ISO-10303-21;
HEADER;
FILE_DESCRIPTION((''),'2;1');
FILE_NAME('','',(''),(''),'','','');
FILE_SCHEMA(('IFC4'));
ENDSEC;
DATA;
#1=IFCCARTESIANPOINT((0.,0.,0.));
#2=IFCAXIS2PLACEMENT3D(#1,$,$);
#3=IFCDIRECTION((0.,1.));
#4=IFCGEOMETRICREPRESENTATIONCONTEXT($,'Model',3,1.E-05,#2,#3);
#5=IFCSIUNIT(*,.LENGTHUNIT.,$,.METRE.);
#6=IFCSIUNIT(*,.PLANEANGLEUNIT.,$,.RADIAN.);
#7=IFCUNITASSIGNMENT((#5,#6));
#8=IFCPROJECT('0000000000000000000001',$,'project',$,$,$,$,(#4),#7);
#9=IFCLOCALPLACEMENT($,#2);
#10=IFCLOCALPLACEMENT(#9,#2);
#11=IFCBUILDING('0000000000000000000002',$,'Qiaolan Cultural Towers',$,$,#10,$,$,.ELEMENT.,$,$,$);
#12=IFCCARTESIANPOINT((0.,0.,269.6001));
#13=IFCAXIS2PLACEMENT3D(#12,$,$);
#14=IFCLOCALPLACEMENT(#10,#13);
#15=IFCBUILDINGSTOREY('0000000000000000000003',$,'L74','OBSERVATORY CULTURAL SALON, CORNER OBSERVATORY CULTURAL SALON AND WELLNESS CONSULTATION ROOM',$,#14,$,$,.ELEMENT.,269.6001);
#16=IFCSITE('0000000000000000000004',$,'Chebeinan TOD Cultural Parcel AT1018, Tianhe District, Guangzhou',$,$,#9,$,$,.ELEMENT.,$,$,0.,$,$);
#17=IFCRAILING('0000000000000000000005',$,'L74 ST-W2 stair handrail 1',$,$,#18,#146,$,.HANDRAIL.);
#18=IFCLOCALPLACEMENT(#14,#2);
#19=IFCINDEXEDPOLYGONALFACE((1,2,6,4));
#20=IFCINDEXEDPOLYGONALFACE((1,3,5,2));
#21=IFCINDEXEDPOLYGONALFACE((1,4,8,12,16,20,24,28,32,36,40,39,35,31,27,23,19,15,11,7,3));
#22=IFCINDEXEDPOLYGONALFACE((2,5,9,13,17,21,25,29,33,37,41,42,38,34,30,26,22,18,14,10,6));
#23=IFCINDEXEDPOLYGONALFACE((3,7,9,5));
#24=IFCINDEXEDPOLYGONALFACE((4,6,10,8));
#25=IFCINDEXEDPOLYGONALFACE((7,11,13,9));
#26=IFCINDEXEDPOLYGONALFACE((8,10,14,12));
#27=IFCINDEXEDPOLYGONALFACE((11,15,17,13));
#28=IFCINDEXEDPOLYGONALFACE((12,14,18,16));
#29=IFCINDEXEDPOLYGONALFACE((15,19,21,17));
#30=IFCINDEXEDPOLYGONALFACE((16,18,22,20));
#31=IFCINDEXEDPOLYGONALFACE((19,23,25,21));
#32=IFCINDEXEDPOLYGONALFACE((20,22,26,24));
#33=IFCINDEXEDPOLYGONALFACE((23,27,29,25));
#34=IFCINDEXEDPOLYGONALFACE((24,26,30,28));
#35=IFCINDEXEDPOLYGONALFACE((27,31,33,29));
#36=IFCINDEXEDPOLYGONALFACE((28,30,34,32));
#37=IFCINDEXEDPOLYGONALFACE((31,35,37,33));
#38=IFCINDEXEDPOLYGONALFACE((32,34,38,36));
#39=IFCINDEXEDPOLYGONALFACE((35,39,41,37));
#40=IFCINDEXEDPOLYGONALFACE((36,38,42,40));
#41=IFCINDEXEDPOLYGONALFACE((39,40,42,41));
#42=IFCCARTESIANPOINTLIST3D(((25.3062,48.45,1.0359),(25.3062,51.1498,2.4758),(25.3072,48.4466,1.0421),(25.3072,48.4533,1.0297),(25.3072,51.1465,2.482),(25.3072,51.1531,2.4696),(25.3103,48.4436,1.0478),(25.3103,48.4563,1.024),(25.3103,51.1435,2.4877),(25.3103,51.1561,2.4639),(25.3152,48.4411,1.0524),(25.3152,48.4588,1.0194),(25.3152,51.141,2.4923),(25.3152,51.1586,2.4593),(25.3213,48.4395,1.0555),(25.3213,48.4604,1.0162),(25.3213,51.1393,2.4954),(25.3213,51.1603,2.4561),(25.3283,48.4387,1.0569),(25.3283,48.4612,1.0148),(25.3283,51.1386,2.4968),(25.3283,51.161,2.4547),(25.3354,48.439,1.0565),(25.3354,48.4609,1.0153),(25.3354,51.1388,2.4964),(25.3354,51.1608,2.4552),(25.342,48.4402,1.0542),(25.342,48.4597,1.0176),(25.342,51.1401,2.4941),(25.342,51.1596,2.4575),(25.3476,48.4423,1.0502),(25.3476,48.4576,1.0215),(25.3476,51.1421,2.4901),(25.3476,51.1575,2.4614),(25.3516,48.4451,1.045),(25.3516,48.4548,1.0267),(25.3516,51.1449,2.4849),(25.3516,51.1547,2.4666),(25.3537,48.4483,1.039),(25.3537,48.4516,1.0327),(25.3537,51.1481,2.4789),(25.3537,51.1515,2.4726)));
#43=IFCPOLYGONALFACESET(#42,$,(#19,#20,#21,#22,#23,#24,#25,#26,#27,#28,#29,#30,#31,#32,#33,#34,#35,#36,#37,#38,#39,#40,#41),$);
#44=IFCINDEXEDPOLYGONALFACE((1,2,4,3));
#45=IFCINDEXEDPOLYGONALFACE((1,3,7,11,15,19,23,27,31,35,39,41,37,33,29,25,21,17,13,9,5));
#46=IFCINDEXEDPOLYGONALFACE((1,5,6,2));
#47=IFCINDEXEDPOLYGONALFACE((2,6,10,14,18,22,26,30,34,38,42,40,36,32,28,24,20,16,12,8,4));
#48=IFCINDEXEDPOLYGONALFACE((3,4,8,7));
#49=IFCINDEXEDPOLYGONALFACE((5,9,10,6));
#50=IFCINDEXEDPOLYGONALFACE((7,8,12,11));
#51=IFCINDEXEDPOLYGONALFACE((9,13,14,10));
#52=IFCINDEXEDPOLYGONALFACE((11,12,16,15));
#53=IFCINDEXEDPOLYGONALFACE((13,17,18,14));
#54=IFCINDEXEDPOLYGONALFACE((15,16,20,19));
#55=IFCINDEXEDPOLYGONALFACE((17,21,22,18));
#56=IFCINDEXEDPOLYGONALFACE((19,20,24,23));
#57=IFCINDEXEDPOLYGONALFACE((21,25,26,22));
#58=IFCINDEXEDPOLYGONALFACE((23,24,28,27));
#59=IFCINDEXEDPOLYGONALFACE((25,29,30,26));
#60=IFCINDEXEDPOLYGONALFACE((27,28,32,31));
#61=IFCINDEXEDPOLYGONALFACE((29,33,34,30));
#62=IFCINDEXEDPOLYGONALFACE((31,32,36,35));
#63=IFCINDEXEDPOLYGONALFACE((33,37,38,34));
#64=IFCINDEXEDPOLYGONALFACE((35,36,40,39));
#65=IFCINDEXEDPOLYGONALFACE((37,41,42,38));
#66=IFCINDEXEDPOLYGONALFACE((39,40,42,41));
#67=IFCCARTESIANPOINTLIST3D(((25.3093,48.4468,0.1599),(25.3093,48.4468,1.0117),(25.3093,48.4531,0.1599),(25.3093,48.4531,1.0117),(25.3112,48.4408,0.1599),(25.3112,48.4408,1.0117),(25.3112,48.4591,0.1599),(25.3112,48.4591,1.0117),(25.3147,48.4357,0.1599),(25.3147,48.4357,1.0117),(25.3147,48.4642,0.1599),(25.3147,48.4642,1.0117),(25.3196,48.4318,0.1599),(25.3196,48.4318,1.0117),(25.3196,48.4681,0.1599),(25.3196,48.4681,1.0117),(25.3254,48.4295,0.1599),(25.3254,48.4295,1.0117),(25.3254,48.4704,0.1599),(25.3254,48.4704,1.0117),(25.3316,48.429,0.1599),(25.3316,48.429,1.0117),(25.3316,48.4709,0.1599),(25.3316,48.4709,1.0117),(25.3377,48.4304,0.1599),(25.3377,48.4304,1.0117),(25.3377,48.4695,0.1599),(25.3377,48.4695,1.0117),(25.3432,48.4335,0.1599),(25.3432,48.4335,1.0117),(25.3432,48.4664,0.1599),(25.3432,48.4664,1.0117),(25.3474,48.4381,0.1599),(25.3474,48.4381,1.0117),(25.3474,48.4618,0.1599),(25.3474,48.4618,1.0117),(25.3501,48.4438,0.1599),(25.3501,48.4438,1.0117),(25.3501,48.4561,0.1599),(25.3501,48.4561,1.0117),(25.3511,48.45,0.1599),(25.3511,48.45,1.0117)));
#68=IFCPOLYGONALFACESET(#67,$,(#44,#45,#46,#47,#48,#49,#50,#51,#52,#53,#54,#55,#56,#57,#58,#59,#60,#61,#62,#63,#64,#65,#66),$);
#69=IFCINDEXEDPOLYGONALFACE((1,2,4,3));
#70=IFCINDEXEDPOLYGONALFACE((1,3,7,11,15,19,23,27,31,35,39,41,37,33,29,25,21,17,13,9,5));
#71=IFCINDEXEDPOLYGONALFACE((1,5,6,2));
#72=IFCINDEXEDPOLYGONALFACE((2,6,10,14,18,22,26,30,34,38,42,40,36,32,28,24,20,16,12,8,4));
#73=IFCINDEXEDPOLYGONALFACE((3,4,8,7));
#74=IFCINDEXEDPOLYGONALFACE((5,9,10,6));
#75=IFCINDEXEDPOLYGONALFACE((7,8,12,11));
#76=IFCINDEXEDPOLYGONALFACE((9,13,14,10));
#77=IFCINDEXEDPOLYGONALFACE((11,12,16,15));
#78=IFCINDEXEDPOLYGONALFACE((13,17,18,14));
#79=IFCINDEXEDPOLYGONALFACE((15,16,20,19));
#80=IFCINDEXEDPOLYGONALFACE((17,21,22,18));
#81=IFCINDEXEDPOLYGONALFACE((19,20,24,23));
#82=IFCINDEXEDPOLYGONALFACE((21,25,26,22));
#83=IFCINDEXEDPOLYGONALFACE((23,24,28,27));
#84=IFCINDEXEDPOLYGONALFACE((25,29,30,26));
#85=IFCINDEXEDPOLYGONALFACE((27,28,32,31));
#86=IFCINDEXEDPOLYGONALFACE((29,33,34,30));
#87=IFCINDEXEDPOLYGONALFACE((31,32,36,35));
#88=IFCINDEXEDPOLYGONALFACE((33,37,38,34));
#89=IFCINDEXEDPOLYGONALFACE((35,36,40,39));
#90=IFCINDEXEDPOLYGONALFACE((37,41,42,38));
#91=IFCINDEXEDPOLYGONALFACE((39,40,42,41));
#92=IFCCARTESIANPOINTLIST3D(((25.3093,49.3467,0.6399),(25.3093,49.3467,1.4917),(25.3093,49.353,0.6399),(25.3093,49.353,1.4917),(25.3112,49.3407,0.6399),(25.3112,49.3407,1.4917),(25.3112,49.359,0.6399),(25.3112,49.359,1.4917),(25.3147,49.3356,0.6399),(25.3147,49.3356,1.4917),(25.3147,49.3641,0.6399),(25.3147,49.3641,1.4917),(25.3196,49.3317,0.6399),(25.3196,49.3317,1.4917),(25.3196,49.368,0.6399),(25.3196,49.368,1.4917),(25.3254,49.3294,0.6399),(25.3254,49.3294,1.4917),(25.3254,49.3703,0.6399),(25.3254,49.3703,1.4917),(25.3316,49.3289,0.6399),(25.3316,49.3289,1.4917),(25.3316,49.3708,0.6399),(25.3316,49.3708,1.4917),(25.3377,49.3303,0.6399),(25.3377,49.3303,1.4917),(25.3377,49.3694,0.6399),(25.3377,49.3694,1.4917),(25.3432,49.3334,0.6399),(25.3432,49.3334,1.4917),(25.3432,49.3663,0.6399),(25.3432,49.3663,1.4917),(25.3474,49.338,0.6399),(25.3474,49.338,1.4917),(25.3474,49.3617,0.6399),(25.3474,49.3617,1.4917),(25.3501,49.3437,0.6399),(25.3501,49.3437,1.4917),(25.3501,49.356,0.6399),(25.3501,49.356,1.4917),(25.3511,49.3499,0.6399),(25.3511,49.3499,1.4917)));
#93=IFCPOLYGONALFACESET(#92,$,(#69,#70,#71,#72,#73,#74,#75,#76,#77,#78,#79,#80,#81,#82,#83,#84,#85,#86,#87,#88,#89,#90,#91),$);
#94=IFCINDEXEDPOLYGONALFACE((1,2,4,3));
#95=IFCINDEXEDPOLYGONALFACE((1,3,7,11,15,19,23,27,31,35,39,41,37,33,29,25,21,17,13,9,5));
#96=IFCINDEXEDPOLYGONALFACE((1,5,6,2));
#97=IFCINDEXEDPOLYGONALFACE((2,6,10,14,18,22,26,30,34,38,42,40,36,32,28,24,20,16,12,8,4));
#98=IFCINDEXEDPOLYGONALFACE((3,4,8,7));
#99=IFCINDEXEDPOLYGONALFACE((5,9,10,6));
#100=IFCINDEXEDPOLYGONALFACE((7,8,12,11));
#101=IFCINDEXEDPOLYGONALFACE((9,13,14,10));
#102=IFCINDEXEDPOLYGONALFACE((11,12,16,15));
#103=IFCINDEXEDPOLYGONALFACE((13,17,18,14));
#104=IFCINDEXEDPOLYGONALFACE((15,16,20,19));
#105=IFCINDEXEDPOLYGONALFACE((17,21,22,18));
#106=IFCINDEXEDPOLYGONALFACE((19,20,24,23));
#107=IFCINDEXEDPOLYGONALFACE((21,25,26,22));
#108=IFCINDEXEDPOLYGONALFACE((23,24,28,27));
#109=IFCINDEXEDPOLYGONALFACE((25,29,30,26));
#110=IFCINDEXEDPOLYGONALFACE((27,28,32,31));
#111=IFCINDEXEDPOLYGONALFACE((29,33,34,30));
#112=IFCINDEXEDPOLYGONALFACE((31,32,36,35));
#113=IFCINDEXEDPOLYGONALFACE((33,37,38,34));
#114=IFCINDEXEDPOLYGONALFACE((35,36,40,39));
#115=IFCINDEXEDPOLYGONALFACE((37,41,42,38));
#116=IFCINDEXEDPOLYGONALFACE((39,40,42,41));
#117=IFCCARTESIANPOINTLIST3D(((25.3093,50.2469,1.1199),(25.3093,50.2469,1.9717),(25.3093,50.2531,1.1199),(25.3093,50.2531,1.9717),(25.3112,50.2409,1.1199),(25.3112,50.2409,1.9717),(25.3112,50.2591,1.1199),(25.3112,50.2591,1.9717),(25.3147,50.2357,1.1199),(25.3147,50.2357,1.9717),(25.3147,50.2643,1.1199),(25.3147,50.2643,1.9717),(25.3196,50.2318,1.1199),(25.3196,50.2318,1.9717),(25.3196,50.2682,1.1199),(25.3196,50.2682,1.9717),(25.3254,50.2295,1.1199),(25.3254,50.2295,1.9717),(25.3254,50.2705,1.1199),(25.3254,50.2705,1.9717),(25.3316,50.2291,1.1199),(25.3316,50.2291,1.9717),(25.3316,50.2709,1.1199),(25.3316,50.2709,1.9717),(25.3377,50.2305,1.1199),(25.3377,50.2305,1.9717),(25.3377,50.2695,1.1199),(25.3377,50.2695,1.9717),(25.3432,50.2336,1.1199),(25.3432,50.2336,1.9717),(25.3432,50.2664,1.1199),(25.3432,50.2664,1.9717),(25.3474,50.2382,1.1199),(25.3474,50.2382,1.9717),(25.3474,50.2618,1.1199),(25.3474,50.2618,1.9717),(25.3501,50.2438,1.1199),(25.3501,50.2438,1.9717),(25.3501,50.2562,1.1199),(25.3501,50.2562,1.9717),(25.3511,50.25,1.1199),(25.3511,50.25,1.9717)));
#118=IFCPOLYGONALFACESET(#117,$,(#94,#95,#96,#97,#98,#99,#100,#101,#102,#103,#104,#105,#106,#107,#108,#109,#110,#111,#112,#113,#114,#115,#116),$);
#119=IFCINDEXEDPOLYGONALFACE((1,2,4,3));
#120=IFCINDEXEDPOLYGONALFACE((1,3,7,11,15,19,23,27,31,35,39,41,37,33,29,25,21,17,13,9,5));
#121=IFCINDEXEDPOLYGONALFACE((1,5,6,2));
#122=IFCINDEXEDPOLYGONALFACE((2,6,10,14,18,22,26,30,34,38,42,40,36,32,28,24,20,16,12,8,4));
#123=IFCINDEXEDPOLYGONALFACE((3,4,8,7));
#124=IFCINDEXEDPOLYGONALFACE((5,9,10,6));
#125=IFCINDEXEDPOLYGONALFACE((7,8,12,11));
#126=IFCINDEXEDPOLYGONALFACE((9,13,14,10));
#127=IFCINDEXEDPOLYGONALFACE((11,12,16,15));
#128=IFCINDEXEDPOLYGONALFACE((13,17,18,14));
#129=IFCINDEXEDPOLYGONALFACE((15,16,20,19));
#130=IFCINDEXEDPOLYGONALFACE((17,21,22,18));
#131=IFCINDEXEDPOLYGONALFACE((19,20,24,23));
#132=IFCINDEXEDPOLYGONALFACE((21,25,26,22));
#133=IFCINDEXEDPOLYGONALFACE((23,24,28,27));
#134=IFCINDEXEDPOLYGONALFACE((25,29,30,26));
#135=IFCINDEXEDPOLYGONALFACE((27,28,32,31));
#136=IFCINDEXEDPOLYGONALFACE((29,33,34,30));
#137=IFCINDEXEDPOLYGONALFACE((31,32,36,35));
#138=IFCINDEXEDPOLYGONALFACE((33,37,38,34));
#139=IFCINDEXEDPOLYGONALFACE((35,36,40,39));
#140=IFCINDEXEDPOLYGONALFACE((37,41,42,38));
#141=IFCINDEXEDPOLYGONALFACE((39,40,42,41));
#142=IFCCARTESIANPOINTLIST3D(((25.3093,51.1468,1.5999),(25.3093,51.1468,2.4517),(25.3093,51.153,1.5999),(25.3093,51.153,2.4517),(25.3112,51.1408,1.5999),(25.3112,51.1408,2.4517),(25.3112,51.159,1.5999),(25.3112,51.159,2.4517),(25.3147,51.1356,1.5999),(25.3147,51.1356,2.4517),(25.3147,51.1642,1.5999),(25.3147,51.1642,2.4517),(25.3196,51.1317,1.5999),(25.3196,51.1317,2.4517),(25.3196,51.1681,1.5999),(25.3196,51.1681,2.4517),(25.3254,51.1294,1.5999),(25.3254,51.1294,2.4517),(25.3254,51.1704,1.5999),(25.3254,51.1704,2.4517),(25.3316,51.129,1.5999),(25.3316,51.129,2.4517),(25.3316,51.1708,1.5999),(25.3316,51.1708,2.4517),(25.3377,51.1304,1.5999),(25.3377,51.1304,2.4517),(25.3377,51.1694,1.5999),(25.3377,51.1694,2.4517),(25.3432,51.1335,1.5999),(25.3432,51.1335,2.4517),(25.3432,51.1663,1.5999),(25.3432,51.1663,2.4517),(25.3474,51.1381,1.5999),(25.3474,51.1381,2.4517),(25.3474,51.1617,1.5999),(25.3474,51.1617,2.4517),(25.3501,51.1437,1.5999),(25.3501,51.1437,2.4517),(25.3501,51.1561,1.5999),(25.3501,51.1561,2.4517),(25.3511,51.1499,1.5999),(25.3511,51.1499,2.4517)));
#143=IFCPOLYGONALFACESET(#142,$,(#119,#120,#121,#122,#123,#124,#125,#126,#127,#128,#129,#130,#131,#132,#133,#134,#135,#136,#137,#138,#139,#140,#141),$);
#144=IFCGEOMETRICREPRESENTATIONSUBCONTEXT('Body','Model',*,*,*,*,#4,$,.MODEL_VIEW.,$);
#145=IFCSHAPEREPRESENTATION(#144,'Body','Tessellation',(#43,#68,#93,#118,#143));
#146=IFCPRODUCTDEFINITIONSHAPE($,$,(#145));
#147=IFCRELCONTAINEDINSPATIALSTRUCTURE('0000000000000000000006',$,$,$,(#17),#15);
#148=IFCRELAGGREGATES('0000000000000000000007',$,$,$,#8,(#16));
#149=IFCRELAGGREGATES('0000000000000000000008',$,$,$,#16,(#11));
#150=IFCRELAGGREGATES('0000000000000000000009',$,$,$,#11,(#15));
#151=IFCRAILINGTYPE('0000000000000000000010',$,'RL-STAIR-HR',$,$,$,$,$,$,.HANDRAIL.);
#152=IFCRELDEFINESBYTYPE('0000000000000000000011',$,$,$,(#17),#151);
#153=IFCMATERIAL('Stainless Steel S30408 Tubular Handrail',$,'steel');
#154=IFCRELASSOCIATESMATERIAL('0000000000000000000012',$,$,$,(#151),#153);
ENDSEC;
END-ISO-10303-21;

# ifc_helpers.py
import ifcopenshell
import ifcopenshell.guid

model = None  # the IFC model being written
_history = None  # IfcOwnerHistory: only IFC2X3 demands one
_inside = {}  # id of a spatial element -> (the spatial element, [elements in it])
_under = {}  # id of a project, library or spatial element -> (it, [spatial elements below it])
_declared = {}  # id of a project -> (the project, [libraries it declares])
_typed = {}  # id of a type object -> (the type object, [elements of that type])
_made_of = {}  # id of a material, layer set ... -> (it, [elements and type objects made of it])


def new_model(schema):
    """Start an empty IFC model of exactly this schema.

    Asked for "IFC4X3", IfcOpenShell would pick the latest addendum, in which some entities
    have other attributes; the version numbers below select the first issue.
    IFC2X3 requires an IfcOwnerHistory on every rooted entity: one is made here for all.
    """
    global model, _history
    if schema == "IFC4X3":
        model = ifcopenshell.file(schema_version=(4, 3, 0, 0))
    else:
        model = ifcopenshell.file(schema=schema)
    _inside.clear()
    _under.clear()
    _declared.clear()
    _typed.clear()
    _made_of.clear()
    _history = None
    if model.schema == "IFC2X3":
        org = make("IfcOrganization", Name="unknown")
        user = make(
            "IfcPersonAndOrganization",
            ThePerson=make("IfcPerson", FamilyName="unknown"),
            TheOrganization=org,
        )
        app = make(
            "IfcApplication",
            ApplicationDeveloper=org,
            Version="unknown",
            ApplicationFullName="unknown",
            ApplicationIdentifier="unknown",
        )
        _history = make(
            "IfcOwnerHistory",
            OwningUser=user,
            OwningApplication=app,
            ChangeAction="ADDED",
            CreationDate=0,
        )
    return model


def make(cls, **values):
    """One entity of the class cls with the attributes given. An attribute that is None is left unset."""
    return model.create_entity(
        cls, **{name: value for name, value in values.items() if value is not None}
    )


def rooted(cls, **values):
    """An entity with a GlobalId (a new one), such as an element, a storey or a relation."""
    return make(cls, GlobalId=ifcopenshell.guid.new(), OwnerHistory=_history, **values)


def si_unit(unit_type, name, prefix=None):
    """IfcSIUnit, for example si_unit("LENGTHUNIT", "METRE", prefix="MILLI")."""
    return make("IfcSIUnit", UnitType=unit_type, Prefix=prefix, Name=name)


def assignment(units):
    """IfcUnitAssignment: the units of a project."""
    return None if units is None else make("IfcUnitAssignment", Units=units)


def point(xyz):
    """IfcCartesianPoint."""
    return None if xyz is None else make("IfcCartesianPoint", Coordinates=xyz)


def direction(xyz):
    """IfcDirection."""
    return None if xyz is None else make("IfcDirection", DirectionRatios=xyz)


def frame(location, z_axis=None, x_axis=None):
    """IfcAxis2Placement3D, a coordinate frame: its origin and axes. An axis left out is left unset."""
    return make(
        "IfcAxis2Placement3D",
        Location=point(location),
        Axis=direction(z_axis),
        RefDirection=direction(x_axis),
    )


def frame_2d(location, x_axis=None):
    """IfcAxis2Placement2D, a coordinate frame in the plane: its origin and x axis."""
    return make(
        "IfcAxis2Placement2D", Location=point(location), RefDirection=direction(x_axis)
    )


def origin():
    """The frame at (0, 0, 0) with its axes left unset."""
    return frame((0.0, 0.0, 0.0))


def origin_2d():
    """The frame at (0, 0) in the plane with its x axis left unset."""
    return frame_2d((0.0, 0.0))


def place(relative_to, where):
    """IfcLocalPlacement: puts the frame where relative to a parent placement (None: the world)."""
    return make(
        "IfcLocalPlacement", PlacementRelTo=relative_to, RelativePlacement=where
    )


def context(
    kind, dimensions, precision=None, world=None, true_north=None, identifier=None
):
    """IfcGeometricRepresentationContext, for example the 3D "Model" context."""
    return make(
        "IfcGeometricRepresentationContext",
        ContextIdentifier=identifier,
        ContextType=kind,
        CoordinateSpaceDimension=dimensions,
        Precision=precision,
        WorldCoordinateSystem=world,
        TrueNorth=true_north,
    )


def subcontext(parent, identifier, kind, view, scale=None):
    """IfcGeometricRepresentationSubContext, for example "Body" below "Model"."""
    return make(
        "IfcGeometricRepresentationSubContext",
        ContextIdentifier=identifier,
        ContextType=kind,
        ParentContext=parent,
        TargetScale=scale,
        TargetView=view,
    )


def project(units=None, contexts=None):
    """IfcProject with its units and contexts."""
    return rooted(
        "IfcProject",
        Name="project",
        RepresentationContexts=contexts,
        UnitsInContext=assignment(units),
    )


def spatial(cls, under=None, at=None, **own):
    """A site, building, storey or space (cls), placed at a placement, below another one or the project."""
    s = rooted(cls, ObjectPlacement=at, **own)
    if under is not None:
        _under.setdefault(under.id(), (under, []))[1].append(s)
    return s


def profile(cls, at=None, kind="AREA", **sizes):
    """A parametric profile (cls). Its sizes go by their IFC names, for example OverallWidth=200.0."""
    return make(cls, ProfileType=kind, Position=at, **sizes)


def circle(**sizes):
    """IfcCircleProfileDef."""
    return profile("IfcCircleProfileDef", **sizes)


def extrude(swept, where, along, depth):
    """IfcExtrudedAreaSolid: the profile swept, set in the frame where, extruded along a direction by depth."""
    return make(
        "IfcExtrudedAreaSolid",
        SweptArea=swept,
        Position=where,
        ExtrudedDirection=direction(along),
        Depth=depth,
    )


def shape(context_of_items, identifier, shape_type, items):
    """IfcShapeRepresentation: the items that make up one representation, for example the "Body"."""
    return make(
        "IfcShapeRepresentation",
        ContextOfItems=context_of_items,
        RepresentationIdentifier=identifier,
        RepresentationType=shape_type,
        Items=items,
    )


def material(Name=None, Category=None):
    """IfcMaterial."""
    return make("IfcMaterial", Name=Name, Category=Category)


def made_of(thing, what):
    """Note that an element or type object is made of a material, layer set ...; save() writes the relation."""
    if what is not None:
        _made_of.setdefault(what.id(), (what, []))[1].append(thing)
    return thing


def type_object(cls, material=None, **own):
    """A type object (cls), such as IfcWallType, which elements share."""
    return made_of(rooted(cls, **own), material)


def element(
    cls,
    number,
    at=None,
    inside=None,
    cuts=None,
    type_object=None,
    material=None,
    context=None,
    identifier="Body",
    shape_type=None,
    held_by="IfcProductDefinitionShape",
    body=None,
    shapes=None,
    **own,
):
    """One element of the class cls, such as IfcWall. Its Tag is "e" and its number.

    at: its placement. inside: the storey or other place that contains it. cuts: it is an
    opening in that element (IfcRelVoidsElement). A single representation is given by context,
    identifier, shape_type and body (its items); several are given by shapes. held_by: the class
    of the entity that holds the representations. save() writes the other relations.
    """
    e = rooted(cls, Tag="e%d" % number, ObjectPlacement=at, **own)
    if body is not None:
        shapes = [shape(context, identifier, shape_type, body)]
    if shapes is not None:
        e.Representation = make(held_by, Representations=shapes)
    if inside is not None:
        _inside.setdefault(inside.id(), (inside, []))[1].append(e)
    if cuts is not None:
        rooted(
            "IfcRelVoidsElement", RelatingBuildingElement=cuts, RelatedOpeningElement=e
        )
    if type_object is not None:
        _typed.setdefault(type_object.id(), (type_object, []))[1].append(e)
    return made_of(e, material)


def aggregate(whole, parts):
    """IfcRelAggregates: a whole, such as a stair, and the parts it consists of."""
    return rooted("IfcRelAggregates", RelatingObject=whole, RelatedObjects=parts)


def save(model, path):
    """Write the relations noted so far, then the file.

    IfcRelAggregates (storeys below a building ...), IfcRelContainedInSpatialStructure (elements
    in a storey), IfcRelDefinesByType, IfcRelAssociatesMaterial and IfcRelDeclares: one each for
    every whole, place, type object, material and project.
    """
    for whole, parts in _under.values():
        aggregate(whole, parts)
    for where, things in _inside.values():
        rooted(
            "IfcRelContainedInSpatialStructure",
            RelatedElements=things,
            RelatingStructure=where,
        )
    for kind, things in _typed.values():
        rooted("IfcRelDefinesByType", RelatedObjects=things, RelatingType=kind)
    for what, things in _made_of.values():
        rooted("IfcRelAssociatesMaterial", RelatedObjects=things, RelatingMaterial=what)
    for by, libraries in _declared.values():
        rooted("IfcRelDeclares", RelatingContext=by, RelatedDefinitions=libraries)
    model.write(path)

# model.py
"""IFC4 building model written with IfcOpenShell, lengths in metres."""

from ifc_helpers import new_model, si_unit, direction, frame, origin, origin_2d, place, context, subcontext, project, spatial, circle, extrude, material, type_object, element, save


model = new_model("IFC4")

# Units and contexts
model_context = context("Model", 3, precision=1e-05, world=origin(), true_north=direction((0.0, 1.0)))
body_context = subcontext(model_context, "Body", "Model", "MODEL_VIEW")
ifc_project = project(units=[si_unit("LENGTHUNIT", "METRE"), si_unit("PLANEANGLEUNIT", "RADIAN")], contexts=[model_context])

# Site, building, storey
site_placement = place(None, origin())
site = spatial("IfcSite", under=ifc_project, at=site_placement, Name="Chebeinan TOD Cultural Parcel AT1018, Tianhe District, Guangzhou", CompositionType="ELEMENT", RefElevation=0.0)
building_placement = place(site_placement, origin())
building = spatial("IfcBuilding", under=site, at=building_placement, Name="Qiaolan Cultural Towers", CompositionType="ELEMENT")
storey_placement = place(building_placement, frame((0.0, 0.0, 269.6001)))
storey = spatial("IfcBuildingStorey", under=building, at=storey_placement, Name="L74", Description="OBSERVATORY CULTURAL SALON, CORNER OBSERVATORY CULTURAL SALON AND WELLNESS CONSULTATION ROOM", CompositionType="ELEMENT", Elevation=269.6001)

# Railing
ifc_material_1 = material(Name="Stainless Steel S30408 Tubular Handrail", Category="steel")
railing_type_1 = type_object("IfcRailingType", Name="RL-STAIR-HR", PredefinedType="HANDRAIL", material=ifc_material_1)
railing_1_placement = place(storey_placement, frame((25.3301, 48.45, 0.1599)))
element("IfcRailing", 1, at=railing_1_placement, inside=storey, type_object=railing_type_1, Name="L74 ST-W2 stair handrail 1", PredefinedType="HANDRAIL", context=body_context, shape_type="SweptSolid", body=[
    extrude(circle(Radius=0.0239, at=origin_2d()), frame((0.0, 0.0, 0.876), z_axis=(0.0, 0.882357, 0.47058), x_axis=(-1.0, 0.0, 0.0)), (0.0, 0.0, 1.0), 3.0598),
    extrude(circle(Radius=0.021, at=origin_2d()), origin(), (0.0, 0.0, 1.0), 0.8518),
    extrude(circle(Radius=0.021, at=origin_2d()), frame((0.0, 0.8999, 0.48)), (0.0, 0.0, 1.0), 0.8518),
    extrude(circle(Radius=0.021, at=origin_2d()), frame((0.0, 1.8, 0.96)), (0.0, 0.0, 1.0), 0.8518),
    extrude(circle(Radius=0.021, at=origin_2d()), frame((0.0, 2.7, 1.4399)), (0.0, 0.0, 1.0), 0.8518),
])

save(model, "model.ifc")
